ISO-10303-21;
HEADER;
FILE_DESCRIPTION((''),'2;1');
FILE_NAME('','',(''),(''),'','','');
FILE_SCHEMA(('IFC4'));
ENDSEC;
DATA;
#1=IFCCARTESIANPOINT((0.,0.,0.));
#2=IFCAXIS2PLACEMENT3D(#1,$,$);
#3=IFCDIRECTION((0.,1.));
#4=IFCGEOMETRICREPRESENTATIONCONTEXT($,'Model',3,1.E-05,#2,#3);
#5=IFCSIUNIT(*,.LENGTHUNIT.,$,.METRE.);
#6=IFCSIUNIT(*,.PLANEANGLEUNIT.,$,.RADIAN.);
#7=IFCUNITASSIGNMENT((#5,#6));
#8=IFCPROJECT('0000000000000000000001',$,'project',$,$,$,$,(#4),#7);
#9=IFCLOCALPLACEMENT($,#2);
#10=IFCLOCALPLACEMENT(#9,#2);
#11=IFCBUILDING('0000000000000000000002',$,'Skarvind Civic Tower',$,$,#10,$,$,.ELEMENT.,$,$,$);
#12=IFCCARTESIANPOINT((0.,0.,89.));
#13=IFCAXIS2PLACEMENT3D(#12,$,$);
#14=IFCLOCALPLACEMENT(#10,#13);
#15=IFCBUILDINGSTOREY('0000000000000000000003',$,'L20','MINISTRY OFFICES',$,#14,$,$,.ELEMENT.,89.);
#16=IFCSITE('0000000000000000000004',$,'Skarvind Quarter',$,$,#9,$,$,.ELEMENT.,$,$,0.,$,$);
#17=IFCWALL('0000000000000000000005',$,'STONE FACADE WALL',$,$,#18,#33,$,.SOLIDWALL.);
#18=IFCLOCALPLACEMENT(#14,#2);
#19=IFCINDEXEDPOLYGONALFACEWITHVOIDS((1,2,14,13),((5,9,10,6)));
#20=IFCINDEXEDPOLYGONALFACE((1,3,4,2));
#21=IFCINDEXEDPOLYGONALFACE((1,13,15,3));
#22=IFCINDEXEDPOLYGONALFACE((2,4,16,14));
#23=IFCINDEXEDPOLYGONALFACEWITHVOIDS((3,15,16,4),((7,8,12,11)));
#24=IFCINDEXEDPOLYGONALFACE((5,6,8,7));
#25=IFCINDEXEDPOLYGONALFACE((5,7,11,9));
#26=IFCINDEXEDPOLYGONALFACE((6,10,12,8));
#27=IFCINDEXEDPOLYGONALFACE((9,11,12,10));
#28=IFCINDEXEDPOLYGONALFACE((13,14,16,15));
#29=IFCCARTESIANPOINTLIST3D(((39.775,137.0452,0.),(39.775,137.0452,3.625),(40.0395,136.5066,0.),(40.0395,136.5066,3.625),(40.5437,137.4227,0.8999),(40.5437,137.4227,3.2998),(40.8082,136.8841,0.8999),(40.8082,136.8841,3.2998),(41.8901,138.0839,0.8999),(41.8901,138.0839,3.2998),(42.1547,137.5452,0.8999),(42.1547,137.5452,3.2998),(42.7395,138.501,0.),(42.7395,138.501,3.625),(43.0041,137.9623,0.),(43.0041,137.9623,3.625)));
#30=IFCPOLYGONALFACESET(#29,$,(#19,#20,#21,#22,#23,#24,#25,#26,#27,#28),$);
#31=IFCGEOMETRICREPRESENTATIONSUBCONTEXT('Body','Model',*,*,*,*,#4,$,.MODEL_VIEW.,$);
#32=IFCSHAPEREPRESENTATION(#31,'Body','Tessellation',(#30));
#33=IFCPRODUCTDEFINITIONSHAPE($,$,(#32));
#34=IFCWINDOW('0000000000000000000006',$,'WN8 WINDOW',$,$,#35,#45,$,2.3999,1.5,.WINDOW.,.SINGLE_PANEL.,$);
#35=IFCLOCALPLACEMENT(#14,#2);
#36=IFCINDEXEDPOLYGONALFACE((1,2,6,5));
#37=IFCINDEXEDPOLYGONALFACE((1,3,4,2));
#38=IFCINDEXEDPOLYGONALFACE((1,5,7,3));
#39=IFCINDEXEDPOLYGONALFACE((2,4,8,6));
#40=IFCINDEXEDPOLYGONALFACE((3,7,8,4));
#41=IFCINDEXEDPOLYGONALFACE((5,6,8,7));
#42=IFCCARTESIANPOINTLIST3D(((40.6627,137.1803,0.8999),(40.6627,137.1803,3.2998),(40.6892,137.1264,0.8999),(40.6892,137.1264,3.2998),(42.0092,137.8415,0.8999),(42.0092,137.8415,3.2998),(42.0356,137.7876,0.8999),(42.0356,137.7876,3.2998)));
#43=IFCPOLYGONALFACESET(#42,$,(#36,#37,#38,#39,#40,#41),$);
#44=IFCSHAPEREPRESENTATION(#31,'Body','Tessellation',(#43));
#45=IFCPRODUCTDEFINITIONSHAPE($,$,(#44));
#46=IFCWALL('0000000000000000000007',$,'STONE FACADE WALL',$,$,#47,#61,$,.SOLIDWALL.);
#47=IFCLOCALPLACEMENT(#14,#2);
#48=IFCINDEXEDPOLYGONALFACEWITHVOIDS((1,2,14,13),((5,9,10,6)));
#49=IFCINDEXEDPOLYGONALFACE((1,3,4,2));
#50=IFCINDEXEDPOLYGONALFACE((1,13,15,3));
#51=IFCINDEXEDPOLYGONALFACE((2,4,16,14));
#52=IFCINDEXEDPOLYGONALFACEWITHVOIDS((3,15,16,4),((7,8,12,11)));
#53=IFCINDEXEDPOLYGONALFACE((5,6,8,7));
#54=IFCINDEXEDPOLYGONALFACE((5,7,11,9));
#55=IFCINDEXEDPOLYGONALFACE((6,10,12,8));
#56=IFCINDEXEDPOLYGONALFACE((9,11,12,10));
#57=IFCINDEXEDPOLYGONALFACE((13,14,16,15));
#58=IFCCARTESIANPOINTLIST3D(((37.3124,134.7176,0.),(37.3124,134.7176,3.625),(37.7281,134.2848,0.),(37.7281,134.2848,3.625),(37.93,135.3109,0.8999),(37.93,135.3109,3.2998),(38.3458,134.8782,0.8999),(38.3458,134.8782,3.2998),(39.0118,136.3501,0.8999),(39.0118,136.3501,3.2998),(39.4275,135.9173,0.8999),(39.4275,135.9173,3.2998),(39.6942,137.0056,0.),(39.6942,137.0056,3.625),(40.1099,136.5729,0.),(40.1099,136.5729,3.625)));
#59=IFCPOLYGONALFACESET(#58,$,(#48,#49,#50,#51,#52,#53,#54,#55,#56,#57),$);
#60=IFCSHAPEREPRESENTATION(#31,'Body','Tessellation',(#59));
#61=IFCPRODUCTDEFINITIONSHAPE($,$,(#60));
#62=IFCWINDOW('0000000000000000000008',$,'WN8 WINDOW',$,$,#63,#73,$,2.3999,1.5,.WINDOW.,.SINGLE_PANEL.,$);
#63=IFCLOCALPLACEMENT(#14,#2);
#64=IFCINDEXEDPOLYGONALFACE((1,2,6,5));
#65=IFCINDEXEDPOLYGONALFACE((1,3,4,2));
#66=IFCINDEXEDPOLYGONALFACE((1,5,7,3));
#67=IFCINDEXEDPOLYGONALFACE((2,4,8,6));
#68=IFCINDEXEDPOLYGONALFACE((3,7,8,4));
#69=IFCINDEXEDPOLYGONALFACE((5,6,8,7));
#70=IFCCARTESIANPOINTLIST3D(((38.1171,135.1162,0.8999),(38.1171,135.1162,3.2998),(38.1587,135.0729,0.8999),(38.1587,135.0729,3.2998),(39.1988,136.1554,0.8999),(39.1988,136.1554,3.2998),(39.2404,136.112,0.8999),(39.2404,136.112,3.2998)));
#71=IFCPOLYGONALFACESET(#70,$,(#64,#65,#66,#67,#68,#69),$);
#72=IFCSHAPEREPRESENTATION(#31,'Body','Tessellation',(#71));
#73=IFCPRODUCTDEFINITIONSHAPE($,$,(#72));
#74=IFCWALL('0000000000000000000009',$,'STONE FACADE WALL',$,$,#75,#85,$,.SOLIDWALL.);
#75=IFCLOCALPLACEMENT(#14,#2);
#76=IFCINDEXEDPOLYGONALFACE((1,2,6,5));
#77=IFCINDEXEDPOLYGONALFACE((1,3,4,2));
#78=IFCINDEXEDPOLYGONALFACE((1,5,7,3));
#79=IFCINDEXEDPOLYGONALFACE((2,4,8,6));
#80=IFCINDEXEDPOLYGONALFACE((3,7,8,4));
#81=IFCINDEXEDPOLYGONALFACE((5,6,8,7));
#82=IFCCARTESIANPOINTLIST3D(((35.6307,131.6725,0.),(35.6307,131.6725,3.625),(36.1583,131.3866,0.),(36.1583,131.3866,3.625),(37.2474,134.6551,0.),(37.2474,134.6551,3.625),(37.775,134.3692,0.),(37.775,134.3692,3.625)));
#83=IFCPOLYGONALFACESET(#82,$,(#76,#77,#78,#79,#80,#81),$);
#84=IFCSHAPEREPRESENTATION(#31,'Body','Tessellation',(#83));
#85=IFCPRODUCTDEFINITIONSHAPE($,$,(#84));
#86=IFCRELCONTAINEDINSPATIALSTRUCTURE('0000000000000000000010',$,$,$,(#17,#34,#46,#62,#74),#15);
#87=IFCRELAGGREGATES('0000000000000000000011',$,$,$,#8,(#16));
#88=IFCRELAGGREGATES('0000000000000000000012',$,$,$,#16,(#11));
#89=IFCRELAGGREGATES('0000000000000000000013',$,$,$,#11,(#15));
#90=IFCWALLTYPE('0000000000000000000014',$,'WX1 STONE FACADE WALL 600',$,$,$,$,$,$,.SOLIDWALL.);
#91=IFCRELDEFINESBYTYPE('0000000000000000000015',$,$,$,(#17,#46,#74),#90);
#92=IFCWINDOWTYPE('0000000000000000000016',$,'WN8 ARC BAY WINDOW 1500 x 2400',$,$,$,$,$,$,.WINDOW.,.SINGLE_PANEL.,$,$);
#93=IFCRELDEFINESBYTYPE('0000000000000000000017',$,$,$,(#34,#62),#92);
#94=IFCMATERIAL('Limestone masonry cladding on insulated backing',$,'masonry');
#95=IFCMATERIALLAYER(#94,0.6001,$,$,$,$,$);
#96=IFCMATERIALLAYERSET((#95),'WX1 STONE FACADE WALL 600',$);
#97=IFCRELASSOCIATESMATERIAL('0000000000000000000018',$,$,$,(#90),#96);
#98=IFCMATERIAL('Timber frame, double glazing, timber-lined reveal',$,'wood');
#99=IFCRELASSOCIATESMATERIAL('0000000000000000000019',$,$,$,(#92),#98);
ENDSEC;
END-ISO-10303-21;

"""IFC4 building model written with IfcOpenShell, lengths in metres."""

from ifc_helpers import new_model, si_unit, direction, frame, frame_2d, origin, place, context, subcontext, project, spatial, rectangle, extrude, material, layer, layer_set, type_object, element, fill, save


model = new_model("IFC4")

# Units and contexts
model_context = context("Model", 3, precision=1e-05, world=origin(), true_north=direction((0.0, 1.0)))
body_context = subcontext(model_context, "Body", "Model", "MODEL_VIEW")
ifc_project = project(units=[si_unit("LENGTHUNIT", "METRE"), si_unit("PLANEANGLEUNIT", "RADIAN")], contexts=[model_context])

# Site, building, storey
site_placement = place(None, origin())
site = spatial("IfcSite", under=ifc_project, at=site_placement, Name="Skarvind Quarter", CompositionType="ELEMENT", RefElevation=0.0)
building_placement = place(site_placement, origin())
building = spatial("IfcBuilding", under=site, at=building_placement, Name="Skarvind Civic Tower", CompositionType="ELEMENT")
storey_placement = place(building_placement, frame((0.0, 0.0, 89.0)))
storey = spatial("IfcBuildingStorey", under=building, at=storey_placement, Name="L20", Description="MINISTRY OFFICES", CompositionType="ELEMENT", Elevation=89.0)

# Walls, openings, windows
ifc_material_1 = material(Name="Limestone masonry cladding on insulated backing", Category="masonry")
ifc_layer_1 = layer(ifc_material_1, 0.6001)
ifc_layer_set_1 = layer_set([ifc_layer_1], Name="WX1 STONE FACADE WALL 600")
wall_type_1 = type_object("IfcWallType", Name="WX1 STONE FACADE WALL 600", PredefinedType="SOLIDWALL", material=ifc_layer_set_1)
ifc_material_2 = material(Name="Timber frame, double glazing, timber-lined reveal", Category="wood")
window_type = type_object("IfcWindowType", Name="WN8 ARC BAY WINDOW 1500 x 2400", PartitioningType="SINGLE_PANEL", PredefinedType="WINDOW", material=ifc_material_2)
wall_1_placement = place(storey_placement, frame((39.9072, 136.7759, 0.0), z_axis=(0.0, 0.0, 1.0), x_axis=(0.897612, 0.440786, 0.0)))
wall_1 = element("IfcWall", 1, at=wall_1_placement, inside=storey, type_object=wall_type_1, Name="STONE FACADE WALL", PredefinedType="SOLIDWALL", context=body_context, shape_type="SweptSolid", body=[
    extrude(rectangle(XDim=3.3027, YDim=0.6001, at=frame_2d((1.6514, 0.0))), origin(), (0.0, 0.0, 1.0), 3.625),
])
opening_1_placement = place(wall_1_placement, frame((0.8564, 0.0, 0.8999)))
opening_1 = element("IfcOpeningElement", 2, at=opening_1_placement, cuts=wall_1, PredefinedType="OPENING", context=body_context, shape_type="SweptSolid", body=[
    extrude(rectangle(XDim=1.5, YDim=2.3999, at=frame_2d((0.75, 1.2))), frame((0.0, 0.3101, 0.0), z_axis=(0.0, -1.0, 0.0), x_axis=(1.0, 0.0, 0.0)), (0.0, 0.0, 1.0), 0.6201),
])
window_1_placement = place(opening_1_placement, origin())
window_1 = element("IfcWindow", 3, at=window_1_placement, inside=storey, type_object=window_type, Name="WN8 WINDOW", OverallHeight=2.3999, OverallWidth=1.5, PartitioningType="SINGLE_PANEL", PredefinedType="WINDOW", context=body_context, shape_type="SweptSolid", body=[
    extrude(rectangle(XDim=1.5, YDim=2.3999, at=frame_2d((0.75, 1.2))), frame((0.0, 0.03, 0.0), z_axis=(0.0, -1.0, 0.0), x_axis=(1.0, 0.0, 0.0)), (0.0, 0.0, 1.0), 0.0601),
])
fill(opening_1, window_1)
wall_2_placement = place(storey_placement, frame((37.5203, 134.5012, 0.0), z_axis=(0.0, 0.0, 1.0), x_axis=(0.721157, 0.692772, 0.0)))
wall_2 = element("IfcWall", 4, at=wall_2_placement, inside=storey, type_object=wall_type_1, Name="STONE FACADE WALL", PredefinedType="SOLIDWALL", context=body_context, shape_type="SweptSolid", body=[
    extrude(rectangle(XDim=3.3027, YDim=0.6001, at=frame_2d((1.6514, 0.0))), origin(), (0.0, 0.0, 1.0), 3.625),
])
opening_2_placement = place(wall_2_placement, frame((0.8564, 0.0, 0.8999)))
opening_2 = element("IfcOpeningElement", 5, at=opening_2_placement, cuts=wall_2, PredefinedType="OPENING", context=body_context, shape_type="SweptSolid", body=[
    extrude(rectangle(XDim=1.5, YDim=2.3999, at=frame_2d((0.75, 1.2))), frame((0.0, 0.3101, 0.0), z_axis=(0.0, -1.0, 0.0), x_axis=(1.0, 0.0, 0.0)), (0.0, 0.0, 1.0), 0.6201),
])
window_2_placement = place(opening_2_placement, origin())
window_2 = element("IfcWindow", 6, at=window_2_placement, inside=storey, type_object=window_type, Name="WN8 WINDOW", OverallHeight=2.3999, OverallWidth=1.5, PartitioningType="SINGLE_PANEL", PredefinedType="WINDOW", context=body_context, shape_type="SweptSolid", body=[
    extrude(rectangle(XDim=1.5, YDim=2.3999, at=frame_2d((0.75, 1.2))), frame((0.0, 0.03, 0.0), z_axis=(0.0, -1.0, 0.0), x_axis=(1.0, 0.0, 0.0)), (0.0, 0.0, 1.0), 0.0601),
])
fill(opening_2, window_2)

# Wall
wall_3_placement = place(storey_placement, frame((35.8945, 131.5295, 0.0), z_axis=(0.0, 0.0, 1.0), x_axis=(0.476531, 0.879158, 0.0)))
element("IfcWall", 7, at=wall_3_placement, inside=storey, type_object=wall_type_1, Name="STONE FACADE WALL", PredefinedType="SOLIDWALL", context=body_context, shape_type="SweptSolid", body=[
    extrude(rectangle(XDim=3.3926, YDim=0.6001, at=frame_2d((1.6963, 0.0))), origin(), (0.0, 0.0, 1.0), 3.625),
])

save(model, "model.ifc")
